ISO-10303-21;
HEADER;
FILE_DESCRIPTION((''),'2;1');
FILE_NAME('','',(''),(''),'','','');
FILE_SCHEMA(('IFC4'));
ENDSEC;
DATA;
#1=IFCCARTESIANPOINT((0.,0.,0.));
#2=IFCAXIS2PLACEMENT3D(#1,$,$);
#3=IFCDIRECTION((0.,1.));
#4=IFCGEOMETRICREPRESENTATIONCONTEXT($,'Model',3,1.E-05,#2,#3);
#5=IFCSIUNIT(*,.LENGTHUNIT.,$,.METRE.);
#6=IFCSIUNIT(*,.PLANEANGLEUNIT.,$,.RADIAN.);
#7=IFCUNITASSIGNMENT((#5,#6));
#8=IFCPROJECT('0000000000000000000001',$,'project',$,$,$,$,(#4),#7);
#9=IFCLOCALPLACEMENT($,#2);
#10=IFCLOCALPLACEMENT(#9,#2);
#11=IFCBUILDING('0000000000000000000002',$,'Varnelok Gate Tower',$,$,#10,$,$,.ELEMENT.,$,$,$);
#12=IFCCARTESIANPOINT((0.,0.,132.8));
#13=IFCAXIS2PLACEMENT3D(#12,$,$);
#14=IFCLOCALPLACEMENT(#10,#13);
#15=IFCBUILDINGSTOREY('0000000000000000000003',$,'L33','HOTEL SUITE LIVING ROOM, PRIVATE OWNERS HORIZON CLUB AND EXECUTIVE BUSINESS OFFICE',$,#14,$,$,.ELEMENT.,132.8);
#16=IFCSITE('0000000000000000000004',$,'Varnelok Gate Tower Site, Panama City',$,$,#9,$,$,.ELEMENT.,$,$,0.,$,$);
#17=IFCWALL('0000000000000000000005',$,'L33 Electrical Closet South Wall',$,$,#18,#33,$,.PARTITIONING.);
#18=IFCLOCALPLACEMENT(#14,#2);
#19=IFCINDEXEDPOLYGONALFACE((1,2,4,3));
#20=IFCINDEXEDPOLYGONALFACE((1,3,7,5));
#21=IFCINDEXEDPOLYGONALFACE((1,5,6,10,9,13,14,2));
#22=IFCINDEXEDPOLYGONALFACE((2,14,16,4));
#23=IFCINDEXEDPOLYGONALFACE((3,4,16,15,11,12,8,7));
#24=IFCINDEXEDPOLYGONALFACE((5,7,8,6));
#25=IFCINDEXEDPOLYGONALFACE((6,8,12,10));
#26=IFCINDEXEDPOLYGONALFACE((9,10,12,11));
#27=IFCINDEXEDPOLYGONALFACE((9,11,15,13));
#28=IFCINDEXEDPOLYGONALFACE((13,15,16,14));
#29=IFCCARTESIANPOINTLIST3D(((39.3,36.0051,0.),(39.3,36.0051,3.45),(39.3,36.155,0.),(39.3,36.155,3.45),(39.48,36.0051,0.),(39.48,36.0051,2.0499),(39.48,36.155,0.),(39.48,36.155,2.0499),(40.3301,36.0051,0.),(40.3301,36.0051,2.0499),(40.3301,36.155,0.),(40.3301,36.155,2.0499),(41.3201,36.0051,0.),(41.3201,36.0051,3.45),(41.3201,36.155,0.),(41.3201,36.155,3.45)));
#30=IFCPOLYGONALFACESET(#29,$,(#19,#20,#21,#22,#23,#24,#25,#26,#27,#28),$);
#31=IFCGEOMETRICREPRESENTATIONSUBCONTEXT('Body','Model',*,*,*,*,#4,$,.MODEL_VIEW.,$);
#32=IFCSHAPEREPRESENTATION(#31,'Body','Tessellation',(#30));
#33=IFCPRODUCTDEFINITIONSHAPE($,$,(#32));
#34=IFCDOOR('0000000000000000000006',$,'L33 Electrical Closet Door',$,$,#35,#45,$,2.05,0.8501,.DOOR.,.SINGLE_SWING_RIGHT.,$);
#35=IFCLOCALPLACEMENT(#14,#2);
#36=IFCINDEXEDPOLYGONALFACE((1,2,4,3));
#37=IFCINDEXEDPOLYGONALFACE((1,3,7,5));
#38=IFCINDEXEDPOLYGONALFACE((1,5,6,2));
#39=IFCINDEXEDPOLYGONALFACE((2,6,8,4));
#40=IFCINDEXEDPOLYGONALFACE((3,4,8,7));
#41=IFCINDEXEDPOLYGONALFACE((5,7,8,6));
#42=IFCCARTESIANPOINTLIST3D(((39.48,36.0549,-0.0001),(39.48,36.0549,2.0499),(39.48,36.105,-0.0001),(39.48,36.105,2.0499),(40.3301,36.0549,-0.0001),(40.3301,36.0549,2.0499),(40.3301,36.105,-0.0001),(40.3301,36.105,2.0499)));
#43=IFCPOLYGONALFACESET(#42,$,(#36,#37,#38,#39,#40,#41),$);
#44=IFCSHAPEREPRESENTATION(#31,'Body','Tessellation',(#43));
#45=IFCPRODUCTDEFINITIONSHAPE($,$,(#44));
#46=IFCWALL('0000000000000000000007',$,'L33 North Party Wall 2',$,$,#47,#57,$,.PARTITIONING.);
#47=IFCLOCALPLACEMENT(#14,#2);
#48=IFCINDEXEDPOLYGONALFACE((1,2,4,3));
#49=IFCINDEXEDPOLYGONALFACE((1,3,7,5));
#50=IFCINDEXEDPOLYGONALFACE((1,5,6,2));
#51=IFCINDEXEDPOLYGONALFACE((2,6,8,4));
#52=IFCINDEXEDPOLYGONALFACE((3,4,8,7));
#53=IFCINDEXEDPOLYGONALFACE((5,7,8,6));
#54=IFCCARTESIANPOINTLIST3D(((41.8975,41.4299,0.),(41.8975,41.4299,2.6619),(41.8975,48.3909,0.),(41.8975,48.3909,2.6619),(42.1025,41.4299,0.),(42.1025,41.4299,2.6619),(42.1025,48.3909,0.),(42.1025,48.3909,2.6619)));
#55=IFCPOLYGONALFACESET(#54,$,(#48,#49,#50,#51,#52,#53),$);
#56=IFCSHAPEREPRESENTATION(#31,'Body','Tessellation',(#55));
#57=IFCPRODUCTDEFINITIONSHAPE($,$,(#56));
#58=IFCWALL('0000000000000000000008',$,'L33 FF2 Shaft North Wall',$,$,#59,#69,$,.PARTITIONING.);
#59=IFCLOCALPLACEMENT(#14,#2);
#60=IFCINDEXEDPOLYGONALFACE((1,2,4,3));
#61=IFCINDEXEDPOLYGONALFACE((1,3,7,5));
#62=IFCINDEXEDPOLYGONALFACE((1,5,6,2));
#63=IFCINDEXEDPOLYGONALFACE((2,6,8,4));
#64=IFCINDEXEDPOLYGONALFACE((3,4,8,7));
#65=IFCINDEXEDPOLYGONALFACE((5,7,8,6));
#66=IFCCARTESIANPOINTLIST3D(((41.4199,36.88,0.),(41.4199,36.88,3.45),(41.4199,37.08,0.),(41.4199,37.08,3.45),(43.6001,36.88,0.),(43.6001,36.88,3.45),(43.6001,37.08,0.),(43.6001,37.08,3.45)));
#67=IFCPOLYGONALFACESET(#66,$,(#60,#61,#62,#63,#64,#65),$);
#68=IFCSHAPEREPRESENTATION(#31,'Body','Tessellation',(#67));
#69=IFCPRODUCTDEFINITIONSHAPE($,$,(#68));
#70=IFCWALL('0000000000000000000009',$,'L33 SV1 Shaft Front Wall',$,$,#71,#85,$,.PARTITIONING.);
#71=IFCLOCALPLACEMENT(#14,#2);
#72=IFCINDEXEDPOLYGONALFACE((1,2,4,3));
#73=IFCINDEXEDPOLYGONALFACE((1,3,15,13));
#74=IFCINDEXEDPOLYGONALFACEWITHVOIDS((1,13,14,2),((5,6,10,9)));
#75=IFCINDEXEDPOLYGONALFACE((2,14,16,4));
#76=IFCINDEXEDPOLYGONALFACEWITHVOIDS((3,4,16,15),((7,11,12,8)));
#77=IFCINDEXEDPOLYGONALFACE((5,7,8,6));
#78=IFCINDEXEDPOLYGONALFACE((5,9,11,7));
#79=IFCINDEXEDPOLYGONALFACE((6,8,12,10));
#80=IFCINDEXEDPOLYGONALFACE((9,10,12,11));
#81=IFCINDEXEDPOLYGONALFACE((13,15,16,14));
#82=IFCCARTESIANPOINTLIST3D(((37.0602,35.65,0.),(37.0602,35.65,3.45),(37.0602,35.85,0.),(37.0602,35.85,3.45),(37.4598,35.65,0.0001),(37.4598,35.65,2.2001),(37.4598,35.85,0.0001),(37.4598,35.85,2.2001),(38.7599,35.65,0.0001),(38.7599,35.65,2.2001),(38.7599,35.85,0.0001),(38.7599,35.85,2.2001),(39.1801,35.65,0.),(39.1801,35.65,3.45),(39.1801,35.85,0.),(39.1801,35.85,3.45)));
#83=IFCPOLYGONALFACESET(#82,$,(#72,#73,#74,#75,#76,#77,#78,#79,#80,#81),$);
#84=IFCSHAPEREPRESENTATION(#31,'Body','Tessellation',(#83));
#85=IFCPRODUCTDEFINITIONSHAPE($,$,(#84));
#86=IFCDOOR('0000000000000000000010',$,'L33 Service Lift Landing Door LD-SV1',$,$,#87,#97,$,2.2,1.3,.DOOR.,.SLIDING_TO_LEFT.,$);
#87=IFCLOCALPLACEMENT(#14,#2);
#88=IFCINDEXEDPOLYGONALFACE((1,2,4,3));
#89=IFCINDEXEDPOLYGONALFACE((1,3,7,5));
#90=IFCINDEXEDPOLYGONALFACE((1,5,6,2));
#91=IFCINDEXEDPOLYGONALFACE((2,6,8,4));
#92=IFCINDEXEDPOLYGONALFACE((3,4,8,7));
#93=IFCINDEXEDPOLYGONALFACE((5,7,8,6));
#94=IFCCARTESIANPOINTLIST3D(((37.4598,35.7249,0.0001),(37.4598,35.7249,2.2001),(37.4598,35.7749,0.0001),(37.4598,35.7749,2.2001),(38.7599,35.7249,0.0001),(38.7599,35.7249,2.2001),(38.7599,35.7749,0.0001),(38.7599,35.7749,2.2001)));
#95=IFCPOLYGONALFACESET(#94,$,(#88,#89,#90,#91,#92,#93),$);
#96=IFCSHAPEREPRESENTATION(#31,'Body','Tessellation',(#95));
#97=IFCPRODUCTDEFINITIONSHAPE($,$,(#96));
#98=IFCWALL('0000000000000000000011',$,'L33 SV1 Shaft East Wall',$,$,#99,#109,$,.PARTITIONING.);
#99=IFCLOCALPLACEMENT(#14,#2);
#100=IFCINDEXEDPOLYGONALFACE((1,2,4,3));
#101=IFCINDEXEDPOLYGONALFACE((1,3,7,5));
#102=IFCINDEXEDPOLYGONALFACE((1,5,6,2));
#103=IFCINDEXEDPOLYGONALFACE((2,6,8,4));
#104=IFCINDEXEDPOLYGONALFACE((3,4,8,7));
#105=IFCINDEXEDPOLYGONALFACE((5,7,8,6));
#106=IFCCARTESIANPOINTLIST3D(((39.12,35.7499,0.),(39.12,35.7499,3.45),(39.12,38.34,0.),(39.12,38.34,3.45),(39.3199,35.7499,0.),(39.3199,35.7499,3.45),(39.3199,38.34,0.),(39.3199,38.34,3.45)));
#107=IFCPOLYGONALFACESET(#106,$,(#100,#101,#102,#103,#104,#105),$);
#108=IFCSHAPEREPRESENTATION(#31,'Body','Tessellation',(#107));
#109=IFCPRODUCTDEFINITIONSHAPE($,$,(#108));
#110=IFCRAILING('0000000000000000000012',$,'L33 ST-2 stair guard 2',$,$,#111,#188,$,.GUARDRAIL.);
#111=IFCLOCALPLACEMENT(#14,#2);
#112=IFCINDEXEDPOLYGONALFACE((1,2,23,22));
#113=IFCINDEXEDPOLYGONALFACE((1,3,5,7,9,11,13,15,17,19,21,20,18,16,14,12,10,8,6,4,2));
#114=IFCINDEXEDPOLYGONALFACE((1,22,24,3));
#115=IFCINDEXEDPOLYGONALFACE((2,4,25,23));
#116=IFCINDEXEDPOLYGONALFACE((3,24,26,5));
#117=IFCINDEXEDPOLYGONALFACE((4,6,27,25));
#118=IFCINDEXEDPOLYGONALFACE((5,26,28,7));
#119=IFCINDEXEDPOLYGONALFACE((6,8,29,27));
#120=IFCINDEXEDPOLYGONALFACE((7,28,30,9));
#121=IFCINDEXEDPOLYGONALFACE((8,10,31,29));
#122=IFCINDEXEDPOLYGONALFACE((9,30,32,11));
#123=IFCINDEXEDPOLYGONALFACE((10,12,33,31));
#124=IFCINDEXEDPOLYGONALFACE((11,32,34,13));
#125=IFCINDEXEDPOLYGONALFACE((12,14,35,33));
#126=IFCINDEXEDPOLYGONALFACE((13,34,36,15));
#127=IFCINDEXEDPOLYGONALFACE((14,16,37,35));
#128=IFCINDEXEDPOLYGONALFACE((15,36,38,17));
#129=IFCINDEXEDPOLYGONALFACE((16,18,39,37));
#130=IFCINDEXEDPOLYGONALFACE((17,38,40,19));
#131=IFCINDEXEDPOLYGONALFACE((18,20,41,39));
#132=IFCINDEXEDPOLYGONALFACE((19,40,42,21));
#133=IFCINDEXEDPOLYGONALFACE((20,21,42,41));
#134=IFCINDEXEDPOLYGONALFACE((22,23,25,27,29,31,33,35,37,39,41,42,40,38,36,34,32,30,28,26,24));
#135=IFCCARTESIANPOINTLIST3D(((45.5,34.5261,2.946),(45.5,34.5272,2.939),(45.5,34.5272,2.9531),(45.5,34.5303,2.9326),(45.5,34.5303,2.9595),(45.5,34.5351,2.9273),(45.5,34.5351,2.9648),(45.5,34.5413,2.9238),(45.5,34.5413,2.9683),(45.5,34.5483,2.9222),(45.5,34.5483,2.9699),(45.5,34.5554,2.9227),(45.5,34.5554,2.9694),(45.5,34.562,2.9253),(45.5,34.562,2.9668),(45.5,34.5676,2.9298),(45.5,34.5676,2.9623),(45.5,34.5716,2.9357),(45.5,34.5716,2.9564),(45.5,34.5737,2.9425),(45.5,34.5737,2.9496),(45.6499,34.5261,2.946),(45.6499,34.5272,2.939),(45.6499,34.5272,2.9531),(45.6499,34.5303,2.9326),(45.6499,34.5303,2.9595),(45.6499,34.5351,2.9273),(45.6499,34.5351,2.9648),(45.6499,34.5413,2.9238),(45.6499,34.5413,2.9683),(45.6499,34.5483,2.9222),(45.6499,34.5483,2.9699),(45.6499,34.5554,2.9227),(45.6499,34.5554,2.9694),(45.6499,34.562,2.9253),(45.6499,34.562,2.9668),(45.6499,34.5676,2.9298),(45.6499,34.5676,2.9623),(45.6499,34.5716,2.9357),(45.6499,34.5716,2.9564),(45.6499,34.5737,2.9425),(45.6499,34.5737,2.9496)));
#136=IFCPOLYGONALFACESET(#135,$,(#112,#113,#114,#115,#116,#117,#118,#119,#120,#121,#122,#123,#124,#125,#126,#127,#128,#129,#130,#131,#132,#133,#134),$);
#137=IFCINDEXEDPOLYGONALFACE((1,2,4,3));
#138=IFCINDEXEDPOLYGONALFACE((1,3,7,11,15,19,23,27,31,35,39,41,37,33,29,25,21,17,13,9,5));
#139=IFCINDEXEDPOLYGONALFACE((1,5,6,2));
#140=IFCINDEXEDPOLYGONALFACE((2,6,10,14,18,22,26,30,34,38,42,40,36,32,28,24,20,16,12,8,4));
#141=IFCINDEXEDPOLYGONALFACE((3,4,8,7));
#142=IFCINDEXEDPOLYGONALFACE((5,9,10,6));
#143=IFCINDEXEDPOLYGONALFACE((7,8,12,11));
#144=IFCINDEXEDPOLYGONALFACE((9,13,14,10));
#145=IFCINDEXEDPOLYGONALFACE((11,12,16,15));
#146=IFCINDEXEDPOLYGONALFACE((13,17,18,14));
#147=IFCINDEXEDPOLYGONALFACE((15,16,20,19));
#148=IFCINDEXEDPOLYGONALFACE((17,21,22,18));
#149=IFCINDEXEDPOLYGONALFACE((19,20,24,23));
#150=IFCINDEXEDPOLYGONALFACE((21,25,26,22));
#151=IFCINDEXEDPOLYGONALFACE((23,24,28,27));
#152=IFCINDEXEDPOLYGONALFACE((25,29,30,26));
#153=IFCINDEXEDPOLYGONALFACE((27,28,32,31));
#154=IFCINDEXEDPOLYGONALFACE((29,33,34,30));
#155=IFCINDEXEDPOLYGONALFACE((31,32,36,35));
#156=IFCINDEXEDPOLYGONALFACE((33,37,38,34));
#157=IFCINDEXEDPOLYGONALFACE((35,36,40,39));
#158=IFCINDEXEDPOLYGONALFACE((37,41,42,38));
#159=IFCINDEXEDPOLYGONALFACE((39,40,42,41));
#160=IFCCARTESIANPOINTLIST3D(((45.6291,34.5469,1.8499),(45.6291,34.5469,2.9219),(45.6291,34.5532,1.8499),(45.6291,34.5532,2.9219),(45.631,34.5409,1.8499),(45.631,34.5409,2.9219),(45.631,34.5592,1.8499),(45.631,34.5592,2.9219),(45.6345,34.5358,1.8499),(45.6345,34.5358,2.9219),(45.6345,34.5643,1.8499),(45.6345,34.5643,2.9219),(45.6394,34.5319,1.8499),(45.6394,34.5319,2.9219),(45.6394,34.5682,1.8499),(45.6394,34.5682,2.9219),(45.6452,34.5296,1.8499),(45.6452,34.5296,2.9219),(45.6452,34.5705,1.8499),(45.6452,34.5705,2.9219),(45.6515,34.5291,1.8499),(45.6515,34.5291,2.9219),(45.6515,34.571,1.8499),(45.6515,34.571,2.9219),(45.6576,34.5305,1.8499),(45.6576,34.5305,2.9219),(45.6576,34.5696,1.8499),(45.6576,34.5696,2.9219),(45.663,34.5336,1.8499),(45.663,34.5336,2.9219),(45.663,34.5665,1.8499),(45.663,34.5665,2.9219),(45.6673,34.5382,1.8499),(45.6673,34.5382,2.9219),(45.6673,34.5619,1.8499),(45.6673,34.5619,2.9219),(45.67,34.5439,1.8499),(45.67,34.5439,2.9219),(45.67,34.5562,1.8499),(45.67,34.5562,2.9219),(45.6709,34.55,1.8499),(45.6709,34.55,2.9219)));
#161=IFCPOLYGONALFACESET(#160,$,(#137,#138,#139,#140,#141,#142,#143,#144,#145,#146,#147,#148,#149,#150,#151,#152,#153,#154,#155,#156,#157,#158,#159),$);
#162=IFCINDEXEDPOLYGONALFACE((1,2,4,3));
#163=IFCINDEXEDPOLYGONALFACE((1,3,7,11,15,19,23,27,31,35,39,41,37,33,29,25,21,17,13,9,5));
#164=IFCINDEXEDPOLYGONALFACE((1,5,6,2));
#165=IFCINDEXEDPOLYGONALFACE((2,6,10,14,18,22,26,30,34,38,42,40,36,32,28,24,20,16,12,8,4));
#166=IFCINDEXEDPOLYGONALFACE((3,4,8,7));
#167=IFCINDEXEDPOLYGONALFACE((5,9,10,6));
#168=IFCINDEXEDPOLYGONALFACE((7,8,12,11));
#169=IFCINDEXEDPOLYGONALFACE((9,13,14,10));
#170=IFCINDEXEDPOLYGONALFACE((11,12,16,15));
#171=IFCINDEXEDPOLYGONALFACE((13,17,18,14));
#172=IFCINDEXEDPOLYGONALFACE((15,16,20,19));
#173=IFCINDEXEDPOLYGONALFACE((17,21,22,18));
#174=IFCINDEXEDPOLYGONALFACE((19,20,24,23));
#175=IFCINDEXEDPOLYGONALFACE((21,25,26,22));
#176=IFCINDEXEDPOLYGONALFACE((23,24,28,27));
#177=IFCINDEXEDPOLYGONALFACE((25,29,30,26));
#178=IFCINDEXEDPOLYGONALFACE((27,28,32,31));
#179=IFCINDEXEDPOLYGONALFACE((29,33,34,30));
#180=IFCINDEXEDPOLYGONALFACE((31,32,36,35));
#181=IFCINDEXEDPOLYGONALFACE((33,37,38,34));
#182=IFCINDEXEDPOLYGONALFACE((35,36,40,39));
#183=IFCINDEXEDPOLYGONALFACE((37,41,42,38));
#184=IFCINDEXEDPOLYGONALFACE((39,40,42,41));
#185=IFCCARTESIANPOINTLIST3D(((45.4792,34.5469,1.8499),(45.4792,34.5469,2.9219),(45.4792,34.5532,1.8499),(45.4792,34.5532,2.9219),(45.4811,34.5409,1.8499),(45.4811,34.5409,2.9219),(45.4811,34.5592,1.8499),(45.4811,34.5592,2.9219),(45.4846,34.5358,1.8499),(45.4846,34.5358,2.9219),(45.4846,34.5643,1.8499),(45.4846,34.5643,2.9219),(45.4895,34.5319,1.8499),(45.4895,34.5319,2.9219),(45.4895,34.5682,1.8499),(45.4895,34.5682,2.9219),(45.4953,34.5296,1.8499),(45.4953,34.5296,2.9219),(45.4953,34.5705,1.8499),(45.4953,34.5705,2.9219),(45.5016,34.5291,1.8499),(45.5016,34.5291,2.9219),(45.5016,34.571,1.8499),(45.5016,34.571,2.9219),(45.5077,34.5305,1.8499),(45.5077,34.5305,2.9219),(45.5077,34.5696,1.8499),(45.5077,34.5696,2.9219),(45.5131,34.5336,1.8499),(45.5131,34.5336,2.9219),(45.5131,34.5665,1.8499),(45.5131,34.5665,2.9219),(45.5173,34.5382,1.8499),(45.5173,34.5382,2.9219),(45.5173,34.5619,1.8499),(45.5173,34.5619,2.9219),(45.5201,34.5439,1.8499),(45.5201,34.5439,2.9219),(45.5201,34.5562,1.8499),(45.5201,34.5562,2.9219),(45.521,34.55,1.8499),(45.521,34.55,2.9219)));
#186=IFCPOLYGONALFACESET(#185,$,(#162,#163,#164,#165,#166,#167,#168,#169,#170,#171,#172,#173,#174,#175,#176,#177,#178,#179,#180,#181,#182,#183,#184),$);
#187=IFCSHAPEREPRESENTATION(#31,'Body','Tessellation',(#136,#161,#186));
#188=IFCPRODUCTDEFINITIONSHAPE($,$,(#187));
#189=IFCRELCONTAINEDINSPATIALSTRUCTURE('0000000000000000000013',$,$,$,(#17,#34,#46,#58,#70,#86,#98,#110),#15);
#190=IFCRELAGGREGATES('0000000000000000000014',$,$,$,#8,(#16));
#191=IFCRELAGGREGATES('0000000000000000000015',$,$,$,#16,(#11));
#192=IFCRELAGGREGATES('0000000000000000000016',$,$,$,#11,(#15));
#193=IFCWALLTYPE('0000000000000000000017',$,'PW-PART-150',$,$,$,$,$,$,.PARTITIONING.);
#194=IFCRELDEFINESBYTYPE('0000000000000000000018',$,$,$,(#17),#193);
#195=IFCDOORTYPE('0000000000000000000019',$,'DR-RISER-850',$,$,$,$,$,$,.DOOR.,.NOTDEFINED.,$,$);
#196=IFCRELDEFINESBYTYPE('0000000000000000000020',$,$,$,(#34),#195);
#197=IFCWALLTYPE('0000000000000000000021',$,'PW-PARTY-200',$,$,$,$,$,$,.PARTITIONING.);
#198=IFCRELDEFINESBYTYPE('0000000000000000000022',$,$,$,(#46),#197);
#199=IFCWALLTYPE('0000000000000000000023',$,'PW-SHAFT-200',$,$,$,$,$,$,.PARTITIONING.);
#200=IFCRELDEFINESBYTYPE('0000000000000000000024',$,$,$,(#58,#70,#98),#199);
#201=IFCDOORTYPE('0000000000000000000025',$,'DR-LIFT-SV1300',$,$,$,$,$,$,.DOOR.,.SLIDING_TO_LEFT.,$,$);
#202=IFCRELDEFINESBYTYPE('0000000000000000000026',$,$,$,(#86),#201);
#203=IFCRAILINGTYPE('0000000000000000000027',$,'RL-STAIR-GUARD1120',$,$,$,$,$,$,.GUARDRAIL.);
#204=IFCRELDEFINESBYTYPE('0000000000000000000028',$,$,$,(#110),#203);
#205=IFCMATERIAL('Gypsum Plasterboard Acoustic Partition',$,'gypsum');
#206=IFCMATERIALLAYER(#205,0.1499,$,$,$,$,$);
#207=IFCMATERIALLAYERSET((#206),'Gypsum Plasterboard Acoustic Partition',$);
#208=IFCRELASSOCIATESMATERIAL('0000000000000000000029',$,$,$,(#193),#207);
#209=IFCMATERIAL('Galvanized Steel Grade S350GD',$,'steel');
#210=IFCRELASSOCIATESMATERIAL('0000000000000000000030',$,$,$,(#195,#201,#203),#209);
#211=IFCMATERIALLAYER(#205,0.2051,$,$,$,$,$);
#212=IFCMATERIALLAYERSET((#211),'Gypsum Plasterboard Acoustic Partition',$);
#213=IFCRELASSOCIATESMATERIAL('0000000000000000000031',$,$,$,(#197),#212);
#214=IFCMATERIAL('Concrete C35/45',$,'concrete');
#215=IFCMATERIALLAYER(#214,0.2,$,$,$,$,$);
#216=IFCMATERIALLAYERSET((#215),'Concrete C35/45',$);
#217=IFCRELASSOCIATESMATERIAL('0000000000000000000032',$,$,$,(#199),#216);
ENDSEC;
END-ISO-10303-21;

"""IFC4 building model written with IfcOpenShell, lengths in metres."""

from ifc_helpers import new_model, si_unit, direction, frame, frame_2d, origin, origin_2d, place, context, subcontext, project, spatial, rectangle, circle, extrude, material, layer, layer_set, type_object, element, fill, save


model = new_model("IFC4")

# Units and contexts
model_context = context("Model", 3, precision=1e-05, world=origin(), true_north=direction((0.0, 1.0)))
body_context = subcontext(model_context, "Body", "Model", "MODEL_VIEW")
ifc_project = project(units=[si_unit("LENGTHUNIT", "METRE"), si_unit("PLANEANGLEUNIT", "RADIAN")], contexts=[model_context])

# Site, building, storey
site_placement = place(None, origin())
site = spatial("IfcSite", under=ifc_project, at=site_placement, Name="Varnelok Gate Tower Site, Panama City", CompositionType="ELEMENT", RefElevation=0.0)
building_placement = place(site_placement, origin())
building = spatial("IfcBuilding", under=site, at=building_placement, Name="Varnelok Gate Tower", CompositionType="ELEMENT")
storey_placement = place(building_placement, frame((0.0, 0.0, 132.8)))
storey = spatial("IfcBuildingStorey", under=building, at=storey_placement, Name="L33", Description="HOTEL SUITE LIVING ROOM, PRIVATE OWNERS HORIZON CLUB AND EXECUTIVE BUSINESS OFFICE", CompositionType="ELEMENT", Elevation=132.8)

# Wall, opening, door
ifc_material_1 = material(Name="Gypsum Plasterboard Acoustic Partition", Category="gypsum")
ifc_layer_1 = layer(ifc_material_1, 0.1499)
ifc_layer_set_1 = layer_set([ifc_layer_1], Name="Gypsum Plasterboard Acoustic Partition")
wall_type_1 = type_object("IfcWallType", Name="PW-PART-150", PredefinedType="PARTITIONING", material=ifc_layer_set_1)
wall_1_placement = place(storey_placement, frame((39.3, 36.0801, 0.0), z_axis=(0.0, 0.0, 1.0), x_axis=(1.0, 0.0, 0.0)))
wall_1 = element("IfcWall", 1, at=wall_1_placement, inside=storey, type_object=wall_type_1, Name="L33 Electrical Closet South Wall", PredefinedType="PARTITIONING", context=body_context, shape_type="SweptSolid", body=[
    extrude(rectangle(XDim=2.02, YDim=0.1499, at=frame_2d((1.01, 0.0))), origin(), (0.0, 0.0, 1.0), 3.45),
])
opening_1_placement = place(wall_1_placement, frame((0.1799, 0.0, 0.0)))
opening_1 = element("IfcOpeningElement", 2, at=opening_1_placement, cuts=wall_1, PredefinedType="OPENING", context=body_context, shape_type="SweptSolid", body=[
    extrude(rectangle(XDim=0.8501, YDim=2.05, at=frame_2d((0.425, 1.0249))), frame((0.0, 0.085, 0.0), z_axis=(0.0, -1.0, 0.0), x_axis=(1.0, 0.0, 0.0)), (0.0, 0.0, 1.0), 0.1699),
])
ifc_material_2 = material(Name="Galvanized Steel Grade S350GD", Category="steel")
door_type_1 = type_object("IfcDoorType", Name="DR-RISER-850", OperationType="NOTDEFINED", PredefinedType="DOOR", material=ifc_material_2)
door_1_placement = place(opening_1_placement, origin())
door_1 = element("IfcDoor", 3, at=door_1_placement, inside=storey, type_object=door_type_1, Name="L33 Electrical Closet Door", OperationType="SINGLE_SWING_RIGHT", OverallHeight=2.05, OverallWidth=0.8501, PredefinedType="DOOR", context=body_context, shape_type="SweptSolid", body=[
    extrude(rectangle(XDim=0.8501, YDim=2.05, at=frame_2d((0.425, 1.0249))), frame((0.0, 0.0249, 0.0), z_axis=(0.0, -1.0, 0.0), x_axis=(1.0, 0.0, 0.0)), (0.0, 0.0, 1.0), 0.05),
])
fill(opening_1, door_1)

# Walls
ifc_layer_2 = layer(ifc_material_1, 0.2051)
ifc_layer_set_2 = layer_set([ifc_layer_2], Name="Gypsum Plasterboard Acoustic Partition")
wall_type_2 = type_object("IfcWallType", Name="PW-PARTY-200", PredefinedType="PARTITIONING", material=ifc_layer_set_2)
wall_2_placement = place(storey_placement, frame((42.0, 41.4299, 0.0), z_axis=(0.0, 0.0, 1.0), x_axis=(0.0, 1.0, 0.0)))
element("IfcWall", 4, at=wall_2_placement, inside=storey, type_object=wall_type_2, Name="L33 North Party Wall 2", PredefinedType="PARTITIONING", context=body_context, shape_type="SweptSolid", body=[
    extrude(rectangle(XDim=6.9609, YDim=0.2051, at=frame_2d((3.4805, 0.0))), origin(), (0.0, 0.0, 1.0), 2.6619),
])
ifc_material_3 = material(Name="Concrete C35/45", Category="concrete")
ifc_layer_3 = layer(ifc_material_3, 0.2)
ifc_layer_set_3 = layer_set([ifc_layer_3], Name="Concrete C35/45")
wall_type_3 = type_object("IfcWallType", Name="PW-SHAFT-200", PredefinedType="PARTITIONING", material=ifc_layer_set_3)
wall_3_placement = place(storey_placement, frame((41.4199, 36.98, 0.0), z_axis=(0.0, 0.0, 1.0), x_axis=(1.0, 0.0, 0.0)))
element("IfcWall", 5, at=wall_3_placement, inside=storey, type_object=wall_type_3, Name="L33 FF2 Shaft North Wall", PredefinedType="PARTITIONING", context=body_context, shape_type="SweptSolid", body=[
    extrude(rectangle(XDim=2.1802, YDim=0.2, at=frame_2d((1.0901, 0.0))), origin(), (0.0, 0.0, 1.0), 3.45),
])

# Wall, opening, door
wall_4_placement = place(storey_placement, frame((37.0601, 35.75, 0.0), z_axis=(0.0, 0.0, 1.0), x_axis=(1.0, 0.0, 0.0)))
wall_4 = element("IfcWall", 6, at=wall_4_placement, inside=storey, type_object=wall_type_3, Name="L33 SV1 Shaft Front Wall", PredefinedType="PARTITIONING", context=body_context, shape_type="SweptSolid", body=[
    extrude(rectangle(XDim=2.1199, YDim=0.2, at=frame_2d((1.0601, 0.0))), origin(), (0.0, 0.0, 1.0), 3.45),
])
opening_2_placement = place(wall_4_placement, frame((0.3999, 0.0, 0.0)))
opening_2 = element("IfcOpeningElement", 7, at=opening_2_placement, cuts=wall_4, PredefinedType="OPENING", context=body_context, shape_type="SweptSolid", body=[
    extrude(rectangle(XDim=1.3, YDim=2.2, at=frame_2d((0.6499, 1.1001))), frame((0.0, 0.1099, 0.0), z_axis=(0.0, -1.0, 0.0), x_axis=(1.0, 0.0, 0.0)), (0.0, 0.0, 1.0), 0.22),
])
door_type_2 = type_object("IfcDoorType", Name="DR-LIFT-SV1300", OperationType="SLIDING_TO_LEFT", PredefinedType="DOOR", material=ifc_material_2)
door_2_placement = place(opening_2_placement, origin())
door_2 = element("IfcDoor", 8, at=door_2_placement, inside=storey, type_object=door_type_2, Name="L33 Service Lift Landing Door LD-SV1", OperationType="SLIDING_TO_LEFT", OverallHeight=2.2, OverallWidth=1.3, PredefinedType="DOOR", context=body_context, shape_type="SweptSolid", body=[
    extrude(rectangle(XDim=1.3, YDim=2.2, at=frame_2d((0.6499, 1.1001))), frame((0.0, 0.0249, 0.0), z_axis=(0.0, -1.0, 0.0), x_axis=(1.0, 0.0, 0.0)), (0.0, 0.0, 1.0), 0.05),
])
fill(opening_2, door_2)

# Wall
wall_5_placement = place(storey_placement, frame((39.22, 35.75, 0.0), z_axis=(0.0, 0.0, 1.0), x_axis=(0.0, 1.0, 0.0)))
element("IfcWall", 9, at=wall_5_placement, inside=storey, type_object=wall_type_3, Name="L33 SV1 Shaft East Wall", PredefinedType="PARTITIONING", context=body_context, shape_type="SweptSolid", body=[
    extrude(rectangle(XDim=2.5901, YDim=0.2, at=frame_2d((1.2949, 0.0))), origin(), (0.0, 0.0, 1.0), 3.45),
])

# Railing
railing_type_1 = type_object("IfcRailingType", Name="RL-STAIR-GUARD1120", PredefinedType="GUARDRAIL", material=ifc_material_2)
railing_1_placement = place(storey_placement, frame((45.6499, 34.55, 1.8499)))
element("IfcRailing", 10, at=railing_1_placement, inside=storey, type_object=railing_type_1, Name="L33 ST-2 stair guard 2", PredefinedType="GUARDRAIL", context=body_context, shape_type="SweptSolid", body=[
    extrude(circle(Radius=0.0239, at=origin_2d()), frame((0.0, 0.0, 1.0962), z_axis=(-1.0, 0.0, 0.0), x_axis=(0.0, -1.0, 0.0)), (0.0, 0.0, 1.0), 0.1499),
    extrude(circle(Radius=0.021, at=origin_2d()), origin(), (0.0, 0.0, 1.0), 1.072),
    extrude(circle(Radius=0.021, at=origin_2d()), frame((-0.1499, 0.0, 0.0)), (0.0, 0.0, 1.0), 1.072),
])

save(model, "model.ifc")
